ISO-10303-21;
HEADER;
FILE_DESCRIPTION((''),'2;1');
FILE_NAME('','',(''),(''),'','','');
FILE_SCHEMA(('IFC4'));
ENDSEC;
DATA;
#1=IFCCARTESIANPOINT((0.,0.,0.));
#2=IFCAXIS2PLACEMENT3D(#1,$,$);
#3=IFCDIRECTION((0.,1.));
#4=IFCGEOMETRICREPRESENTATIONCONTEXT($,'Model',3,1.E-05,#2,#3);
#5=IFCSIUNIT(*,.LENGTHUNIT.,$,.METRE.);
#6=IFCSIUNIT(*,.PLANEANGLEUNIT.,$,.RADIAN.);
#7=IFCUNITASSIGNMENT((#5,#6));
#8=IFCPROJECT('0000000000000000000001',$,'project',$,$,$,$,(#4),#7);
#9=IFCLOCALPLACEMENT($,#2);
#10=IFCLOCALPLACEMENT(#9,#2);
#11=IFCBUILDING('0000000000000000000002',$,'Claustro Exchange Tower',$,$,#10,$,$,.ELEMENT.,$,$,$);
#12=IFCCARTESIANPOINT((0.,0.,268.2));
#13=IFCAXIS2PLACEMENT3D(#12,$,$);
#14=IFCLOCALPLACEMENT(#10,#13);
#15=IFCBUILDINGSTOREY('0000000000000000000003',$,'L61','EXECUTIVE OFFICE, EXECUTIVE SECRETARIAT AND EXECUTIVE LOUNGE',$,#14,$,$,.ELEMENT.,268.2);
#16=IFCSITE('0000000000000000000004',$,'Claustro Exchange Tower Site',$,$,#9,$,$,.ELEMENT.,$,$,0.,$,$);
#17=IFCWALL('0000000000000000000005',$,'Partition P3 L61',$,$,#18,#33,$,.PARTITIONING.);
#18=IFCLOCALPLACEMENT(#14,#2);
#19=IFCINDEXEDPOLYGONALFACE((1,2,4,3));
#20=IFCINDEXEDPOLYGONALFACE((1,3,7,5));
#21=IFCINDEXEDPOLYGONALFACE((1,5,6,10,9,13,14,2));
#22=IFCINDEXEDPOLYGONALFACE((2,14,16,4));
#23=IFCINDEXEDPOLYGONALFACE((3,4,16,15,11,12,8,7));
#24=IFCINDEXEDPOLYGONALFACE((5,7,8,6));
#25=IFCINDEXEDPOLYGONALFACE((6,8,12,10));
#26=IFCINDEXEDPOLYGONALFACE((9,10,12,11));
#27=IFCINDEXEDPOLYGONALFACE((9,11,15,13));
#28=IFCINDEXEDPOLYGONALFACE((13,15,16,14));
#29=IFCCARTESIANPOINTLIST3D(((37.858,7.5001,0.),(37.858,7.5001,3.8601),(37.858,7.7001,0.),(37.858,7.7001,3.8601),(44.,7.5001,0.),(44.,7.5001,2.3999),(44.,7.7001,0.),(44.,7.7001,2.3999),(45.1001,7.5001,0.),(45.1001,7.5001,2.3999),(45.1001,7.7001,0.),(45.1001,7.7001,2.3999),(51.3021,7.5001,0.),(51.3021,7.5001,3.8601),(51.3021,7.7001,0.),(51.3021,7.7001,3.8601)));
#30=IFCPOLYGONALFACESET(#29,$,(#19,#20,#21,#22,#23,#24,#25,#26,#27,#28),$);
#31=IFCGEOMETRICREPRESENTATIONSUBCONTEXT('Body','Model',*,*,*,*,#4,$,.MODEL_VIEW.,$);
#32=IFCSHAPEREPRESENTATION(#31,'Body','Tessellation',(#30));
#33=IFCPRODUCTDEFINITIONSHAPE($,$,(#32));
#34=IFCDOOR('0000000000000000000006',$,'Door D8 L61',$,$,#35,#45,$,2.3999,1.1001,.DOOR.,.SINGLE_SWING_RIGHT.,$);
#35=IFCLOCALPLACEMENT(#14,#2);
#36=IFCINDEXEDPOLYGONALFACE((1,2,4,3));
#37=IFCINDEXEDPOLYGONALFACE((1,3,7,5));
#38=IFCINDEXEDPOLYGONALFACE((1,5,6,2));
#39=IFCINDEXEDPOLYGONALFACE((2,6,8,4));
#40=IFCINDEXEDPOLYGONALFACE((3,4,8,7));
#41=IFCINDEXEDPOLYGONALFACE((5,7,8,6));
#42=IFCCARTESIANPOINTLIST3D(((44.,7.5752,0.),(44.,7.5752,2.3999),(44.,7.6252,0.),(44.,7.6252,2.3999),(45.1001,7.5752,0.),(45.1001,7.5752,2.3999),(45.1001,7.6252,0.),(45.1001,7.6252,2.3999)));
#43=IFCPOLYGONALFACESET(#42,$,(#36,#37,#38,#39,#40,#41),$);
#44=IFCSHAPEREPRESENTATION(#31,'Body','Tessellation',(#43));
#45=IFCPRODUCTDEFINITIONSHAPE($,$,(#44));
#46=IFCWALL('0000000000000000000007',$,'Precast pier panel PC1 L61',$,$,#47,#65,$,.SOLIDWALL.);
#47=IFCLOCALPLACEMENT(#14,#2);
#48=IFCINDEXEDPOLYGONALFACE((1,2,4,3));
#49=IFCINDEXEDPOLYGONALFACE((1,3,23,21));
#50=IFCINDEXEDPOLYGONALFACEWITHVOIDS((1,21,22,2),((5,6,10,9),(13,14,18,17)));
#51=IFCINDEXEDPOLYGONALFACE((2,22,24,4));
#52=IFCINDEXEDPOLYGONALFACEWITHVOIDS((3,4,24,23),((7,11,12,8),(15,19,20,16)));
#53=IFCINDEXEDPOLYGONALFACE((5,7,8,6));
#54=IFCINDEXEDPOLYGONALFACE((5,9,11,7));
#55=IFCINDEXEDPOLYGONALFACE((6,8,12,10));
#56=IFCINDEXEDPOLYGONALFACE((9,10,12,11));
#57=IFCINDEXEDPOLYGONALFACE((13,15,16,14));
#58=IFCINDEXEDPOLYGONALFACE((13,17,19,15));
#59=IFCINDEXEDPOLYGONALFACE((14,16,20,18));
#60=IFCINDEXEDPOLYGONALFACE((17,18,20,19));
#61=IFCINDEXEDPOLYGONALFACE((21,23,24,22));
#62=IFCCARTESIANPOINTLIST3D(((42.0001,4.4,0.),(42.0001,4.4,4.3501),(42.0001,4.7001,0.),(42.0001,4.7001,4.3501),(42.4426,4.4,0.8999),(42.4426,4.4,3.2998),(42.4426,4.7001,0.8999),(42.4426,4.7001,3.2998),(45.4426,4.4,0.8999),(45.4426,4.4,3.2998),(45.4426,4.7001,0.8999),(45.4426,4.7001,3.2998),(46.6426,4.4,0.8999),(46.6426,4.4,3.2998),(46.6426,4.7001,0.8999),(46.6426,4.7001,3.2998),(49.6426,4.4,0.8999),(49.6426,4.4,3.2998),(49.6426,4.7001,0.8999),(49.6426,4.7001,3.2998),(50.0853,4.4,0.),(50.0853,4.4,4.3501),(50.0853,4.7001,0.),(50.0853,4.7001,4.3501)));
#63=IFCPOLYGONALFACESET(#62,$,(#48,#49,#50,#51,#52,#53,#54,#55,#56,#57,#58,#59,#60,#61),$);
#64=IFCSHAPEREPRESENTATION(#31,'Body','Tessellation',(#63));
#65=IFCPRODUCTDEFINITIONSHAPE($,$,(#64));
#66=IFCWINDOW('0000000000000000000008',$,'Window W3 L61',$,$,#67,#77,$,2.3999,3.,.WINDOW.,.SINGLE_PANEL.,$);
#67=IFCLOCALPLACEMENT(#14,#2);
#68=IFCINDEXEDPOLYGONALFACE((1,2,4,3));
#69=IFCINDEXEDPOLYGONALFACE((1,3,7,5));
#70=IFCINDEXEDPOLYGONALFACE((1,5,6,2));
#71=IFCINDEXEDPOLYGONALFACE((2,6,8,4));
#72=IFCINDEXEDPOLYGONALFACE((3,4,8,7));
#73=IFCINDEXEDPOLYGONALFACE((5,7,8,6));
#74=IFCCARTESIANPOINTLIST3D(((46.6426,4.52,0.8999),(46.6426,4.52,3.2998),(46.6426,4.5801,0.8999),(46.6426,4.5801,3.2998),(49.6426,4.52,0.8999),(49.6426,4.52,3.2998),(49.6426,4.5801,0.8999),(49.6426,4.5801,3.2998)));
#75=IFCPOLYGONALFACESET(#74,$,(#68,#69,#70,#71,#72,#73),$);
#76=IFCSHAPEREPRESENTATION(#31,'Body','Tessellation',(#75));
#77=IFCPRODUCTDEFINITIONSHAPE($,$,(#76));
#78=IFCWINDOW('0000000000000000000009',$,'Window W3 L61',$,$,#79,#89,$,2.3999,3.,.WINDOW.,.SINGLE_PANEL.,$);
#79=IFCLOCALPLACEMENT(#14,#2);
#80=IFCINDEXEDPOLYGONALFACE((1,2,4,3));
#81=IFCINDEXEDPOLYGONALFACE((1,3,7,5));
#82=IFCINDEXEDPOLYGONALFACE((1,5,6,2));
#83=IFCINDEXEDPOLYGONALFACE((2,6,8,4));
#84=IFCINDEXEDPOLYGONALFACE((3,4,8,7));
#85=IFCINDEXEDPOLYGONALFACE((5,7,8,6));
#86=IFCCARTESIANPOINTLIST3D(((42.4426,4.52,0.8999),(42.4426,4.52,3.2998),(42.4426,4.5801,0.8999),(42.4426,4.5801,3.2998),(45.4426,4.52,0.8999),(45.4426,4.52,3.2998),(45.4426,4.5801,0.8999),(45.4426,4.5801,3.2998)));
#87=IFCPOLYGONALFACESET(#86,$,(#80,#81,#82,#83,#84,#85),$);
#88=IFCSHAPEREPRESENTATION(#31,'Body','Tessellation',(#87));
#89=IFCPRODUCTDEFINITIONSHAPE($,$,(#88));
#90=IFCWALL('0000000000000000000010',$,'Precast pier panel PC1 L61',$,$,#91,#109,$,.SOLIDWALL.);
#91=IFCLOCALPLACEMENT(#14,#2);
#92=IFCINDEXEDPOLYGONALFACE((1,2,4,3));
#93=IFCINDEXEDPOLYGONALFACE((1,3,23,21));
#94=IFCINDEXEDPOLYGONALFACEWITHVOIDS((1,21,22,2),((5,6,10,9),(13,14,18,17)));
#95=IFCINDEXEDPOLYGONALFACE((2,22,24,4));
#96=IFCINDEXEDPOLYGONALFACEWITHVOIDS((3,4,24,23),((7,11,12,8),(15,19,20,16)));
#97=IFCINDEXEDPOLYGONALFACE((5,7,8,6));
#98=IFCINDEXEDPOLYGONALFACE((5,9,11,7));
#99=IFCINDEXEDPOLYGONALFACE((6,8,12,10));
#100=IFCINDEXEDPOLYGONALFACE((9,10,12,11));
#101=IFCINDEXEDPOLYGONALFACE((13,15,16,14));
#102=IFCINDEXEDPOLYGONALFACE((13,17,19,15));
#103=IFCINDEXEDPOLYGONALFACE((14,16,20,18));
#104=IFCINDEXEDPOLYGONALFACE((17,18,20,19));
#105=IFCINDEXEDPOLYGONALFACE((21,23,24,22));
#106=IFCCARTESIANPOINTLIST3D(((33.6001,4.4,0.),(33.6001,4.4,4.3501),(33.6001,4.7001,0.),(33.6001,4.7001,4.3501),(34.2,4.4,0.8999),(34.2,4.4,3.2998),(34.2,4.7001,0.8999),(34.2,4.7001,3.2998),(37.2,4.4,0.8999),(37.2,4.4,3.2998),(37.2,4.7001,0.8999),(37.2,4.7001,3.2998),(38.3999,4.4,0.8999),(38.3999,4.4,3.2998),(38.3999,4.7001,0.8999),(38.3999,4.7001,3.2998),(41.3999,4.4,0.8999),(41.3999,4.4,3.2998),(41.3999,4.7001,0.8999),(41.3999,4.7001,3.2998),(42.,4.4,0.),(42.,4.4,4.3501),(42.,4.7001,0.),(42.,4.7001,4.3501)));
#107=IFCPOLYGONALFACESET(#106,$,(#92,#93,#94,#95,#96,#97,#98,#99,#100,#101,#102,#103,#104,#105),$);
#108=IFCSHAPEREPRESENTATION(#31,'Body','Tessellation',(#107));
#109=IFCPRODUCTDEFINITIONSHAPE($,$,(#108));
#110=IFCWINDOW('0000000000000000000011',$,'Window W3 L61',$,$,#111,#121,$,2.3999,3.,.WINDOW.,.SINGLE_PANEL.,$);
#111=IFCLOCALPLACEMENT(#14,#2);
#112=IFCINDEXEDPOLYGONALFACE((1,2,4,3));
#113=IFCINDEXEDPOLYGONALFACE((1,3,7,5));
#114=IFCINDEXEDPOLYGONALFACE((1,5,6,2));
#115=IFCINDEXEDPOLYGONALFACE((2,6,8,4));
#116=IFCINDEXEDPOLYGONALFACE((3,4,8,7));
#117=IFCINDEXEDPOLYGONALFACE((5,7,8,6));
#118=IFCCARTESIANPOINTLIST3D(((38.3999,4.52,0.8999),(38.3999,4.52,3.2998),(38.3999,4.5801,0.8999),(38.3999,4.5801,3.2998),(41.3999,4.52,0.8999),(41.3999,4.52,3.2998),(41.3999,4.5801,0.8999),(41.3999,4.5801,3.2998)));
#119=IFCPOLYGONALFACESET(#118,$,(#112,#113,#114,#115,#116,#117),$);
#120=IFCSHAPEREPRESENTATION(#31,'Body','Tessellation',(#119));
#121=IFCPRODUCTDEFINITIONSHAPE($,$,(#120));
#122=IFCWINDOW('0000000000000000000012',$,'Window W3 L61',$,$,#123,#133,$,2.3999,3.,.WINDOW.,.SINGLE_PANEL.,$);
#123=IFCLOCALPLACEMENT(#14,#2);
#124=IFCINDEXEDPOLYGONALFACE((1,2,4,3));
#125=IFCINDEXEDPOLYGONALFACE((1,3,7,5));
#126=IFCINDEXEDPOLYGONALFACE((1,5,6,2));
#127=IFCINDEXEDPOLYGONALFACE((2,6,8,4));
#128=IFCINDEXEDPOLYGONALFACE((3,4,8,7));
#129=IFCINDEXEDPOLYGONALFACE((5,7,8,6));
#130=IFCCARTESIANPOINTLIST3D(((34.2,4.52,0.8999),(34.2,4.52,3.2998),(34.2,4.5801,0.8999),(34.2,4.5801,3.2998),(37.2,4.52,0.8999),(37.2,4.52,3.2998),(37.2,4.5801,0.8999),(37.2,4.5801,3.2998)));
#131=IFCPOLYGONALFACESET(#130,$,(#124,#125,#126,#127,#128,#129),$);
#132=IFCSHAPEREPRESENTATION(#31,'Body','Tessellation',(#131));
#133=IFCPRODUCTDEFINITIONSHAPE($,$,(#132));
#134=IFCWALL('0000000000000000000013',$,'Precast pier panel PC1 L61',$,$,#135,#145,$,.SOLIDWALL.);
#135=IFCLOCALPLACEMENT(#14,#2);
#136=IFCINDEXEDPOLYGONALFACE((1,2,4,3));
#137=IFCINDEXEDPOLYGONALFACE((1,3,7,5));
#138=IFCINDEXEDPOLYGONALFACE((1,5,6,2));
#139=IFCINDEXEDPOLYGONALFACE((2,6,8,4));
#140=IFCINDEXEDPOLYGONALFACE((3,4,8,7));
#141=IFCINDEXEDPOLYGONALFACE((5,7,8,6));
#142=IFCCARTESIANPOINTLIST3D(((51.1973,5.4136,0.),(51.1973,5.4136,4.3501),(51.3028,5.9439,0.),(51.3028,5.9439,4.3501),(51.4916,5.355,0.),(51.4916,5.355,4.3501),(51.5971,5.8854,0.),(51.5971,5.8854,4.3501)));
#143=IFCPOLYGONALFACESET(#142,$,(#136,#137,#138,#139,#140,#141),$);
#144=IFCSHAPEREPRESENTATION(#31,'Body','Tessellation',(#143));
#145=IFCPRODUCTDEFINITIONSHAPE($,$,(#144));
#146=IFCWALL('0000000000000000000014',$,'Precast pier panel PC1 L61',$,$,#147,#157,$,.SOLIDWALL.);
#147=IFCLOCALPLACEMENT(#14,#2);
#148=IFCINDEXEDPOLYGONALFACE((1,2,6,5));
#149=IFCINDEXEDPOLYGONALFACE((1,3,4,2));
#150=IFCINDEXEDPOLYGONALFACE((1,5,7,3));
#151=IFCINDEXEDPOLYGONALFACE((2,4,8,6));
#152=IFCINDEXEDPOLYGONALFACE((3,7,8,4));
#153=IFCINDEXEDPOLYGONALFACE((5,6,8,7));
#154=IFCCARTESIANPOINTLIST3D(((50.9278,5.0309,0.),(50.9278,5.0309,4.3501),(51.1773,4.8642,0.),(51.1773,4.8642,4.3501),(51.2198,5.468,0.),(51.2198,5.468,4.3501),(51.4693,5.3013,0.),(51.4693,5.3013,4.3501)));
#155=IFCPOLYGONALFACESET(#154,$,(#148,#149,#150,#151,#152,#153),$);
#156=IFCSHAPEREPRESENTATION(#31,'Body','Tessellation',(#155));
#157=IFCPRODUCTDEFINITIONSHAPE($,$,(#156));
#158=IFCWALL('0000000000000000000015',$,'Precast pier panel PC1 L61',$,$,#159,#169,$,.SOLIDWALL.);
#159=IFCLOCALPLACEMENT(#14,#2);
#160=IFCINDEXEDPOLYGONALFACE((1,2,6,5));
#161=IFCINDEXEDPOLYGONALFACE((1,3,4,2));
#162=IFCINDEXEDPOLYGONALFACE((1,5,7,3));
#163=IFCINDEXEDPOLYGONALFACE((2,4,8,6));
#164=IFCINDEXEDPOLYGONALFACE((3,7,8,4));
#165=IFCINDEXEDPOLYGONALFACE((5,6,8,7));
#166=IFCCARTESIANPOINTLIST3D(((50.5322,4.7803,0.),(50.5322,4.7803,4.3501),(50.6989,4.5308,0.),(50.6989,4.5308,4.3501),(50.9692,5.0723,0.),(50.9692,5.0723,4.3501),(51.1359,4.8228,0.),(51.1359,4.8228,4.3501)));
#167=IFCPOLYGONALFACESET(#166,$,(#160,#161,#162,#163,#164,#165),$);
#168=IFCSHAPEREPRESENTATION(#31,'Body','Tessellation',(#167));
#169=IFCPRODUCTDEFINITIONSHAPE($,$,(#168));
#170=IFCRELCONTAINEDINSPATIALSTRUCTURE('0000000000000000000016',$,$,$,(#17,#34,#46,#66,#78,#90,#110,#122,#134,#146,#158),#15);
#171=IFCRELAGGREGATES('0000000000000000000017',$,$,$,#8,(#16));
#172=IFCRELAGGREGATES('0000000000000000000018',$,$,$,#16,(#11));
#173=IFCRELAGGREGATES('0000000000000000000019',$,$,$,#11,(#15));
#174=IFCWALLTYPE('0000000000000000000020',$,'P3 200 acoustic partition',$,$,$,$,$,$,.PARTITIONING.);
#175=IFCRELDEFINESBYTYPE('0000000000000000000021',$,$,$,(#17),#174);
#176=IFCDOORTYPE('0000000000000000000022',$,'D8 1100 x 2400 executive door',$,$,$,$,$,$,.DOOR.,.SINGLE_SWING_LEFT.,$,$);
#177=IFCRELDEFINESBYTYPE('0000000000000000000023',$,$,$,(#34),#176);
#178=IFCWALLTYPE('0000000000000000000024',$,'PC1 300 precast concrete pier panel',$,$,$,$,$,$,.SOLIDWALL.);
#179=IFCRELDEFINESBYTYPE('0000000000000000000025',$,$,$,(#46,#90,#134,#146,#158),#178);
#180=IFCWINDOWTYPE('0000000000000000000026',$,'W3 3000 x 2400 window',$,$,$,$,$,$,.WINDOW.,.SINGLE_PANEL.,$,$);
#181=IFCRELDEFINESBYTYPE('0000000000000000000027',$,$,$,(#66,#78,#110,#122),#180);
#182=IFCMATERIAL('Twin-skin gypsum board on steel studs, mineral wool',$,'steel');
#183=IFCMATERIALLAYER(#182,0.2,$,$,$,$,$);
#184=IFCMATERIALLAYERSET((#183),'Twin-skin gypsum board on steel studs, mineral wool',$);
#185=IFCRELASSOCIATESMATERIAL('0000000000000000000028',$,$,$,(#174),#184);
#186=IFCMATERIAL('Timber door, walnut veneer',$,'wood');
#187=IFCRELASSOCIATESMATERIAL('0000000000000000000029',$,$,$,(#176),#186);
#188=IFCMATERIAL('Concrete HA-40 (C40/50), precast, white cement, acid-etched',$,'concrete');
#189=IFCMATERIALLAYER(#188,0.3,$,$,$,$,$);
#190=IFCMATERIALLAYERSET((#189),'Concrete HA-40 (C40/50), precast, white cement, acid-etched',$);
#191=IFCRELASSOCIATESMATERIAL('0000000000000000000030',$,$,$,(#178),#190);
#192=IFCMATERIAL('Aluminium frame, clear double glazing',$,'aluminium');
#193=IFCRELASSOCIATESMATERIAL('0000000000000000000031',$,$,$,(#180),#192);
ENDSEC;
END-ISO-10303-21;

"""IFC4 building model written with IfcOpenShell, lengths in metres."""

from ifc_helpers import new_model, si_unit, direction, frame, frame_2d, origin, place, context, subcontext, project, spatial, rectangle, extrude, material, layer, layer_set, type_object, element, fill, save


model = new_model("IFC4")

# Units and contexts
model_context = context("Model", 3, precision=1e-05, world=origin(), true_north=direction((0.0, 1.0)))
body_context = subcontext(model_context, "Body", "Model", "MODEL_VIEW")
ifc_project = project(units=[si_unit("LENGTHUNIT", "METRE"), si_unit("PLANEANGLEUNIT", "RADIAN")], contexts=[model_context])

# Site, building, storey
site_placement = place(None, origin())
site = spatial("IfcSite", under=ifc_project, at=site_placement, Name="Claustro Exchange Tower Site", CompositionType="ELEMENT", RefElevation=0.0)
building_placement = place(site_placement, origin())
building = spatial("IfcBuilding", under=site, at=building_placement, Name="Claustro Exchange Tower", CompositionType="ELEMENT")
storey_placement = place(building_placement, frame((0.0, 0.0, 268.2)))
storey = spatial("IfcBuildingStorey", under=building, at=storey_placement, Name="L61", Description="EXECUTIVE OFFICE, EXECUTIVE SECRETARIAT AND EXECUTIVE LOUNGE", CompositionType="ELEMENT", Elevation=268.2)

# Wall, opening, door
ifc_material_1 = material(Name="Twin-skin gypsum board on steel studs, mineral wool", Category="steel")
ifc_layer_1 = layer(ifc_material_1, 0.2)
ifc_layer_set_1 = layer_set([ifc_layer_1], Name="Twin-skin gypsum board on steel studs, mineral wool")
wall_type_1 = type_object("IfcWallType", Name="P3 200 acoustic partition", PredefinedType="PARTITIONING", material=ifc_layer_set_1)
wall_1_placement = place(storey_placement, frame((37.8579, 7.6001, 0.0), z_axis=(0.0, 0.0, 1.0), x_axis=(1.0, 0.0, 0.0)))
wall_1 = element("IfcWall", 1, at=wall_1_placement, inside=storey, type_object=wall_type_1, Name="Partition P3 L61", PredefinedType="PARTITIONING", context=body_context, shape_type="SweptSolid", body=[
    extrude(rectangle(XDim=13.4441, YDim=0.2, at=frame_2d((6.7222, 0.0))), origin(), (0.0, 0.0, 1.0), 3.8601),
])
opening_1_placement = place(wall_1_placement, frame((6.1421, 0.0, 0.0)))
opening_1 = element("IfcOpeningElement", 2, at=opening_1_placement, cuts=wall_1, PredefinedType="OPENING", context=body_context, shape_type="SweptSolid", body=[
    extrude(rectangle(XDim=1.1001, YDim=2.3999, at=frame_2d((0.55, 1.2))), frame((0.0, 0.1099, 0.0), z_axis=(0.0, -1.0, 0.0), x_axis=(1.0, 0.0, 0.0)), (0.0, 0.0, 1.0), 0.22),
])
ifc_material_2 = material(Name="Timber door, walnut veneer", Category="wood")
door_type = type_object("IfcDoorType", Name="D8 1100 x 2400 executive door", OperationType="SINGLE_SWING_LEFT", PredefinedType="DOOR", material=ifc_material_2)
door_placement = place(opening_1_placement, frame((1.1001, 0.0, 0.0), z_axis=(0.0, 0.0, 1.0), x_axis=(-1.0, 0.0, 0.0)))
door = element("IfcDoor", 3, at=door_placement, inside=storey, type_object=door_type, Name="Door D8 L61", OperationType="SINGLE_SWING_RIGHT", OverallHeight=2.3999, OverallWidth=1.1001, PredefinedType="DOOR", context=body_context, shape_type="SweptSolid", body=[
    extrude(rectangle(XDim=1.1001, YDim=2.3999, at=frame_2d((0.55, 1.2))), frame((0.0, 0.0249, 0.0), z_axis=(0.0, -1.0, 0.0), x_axis=(1.0, 0.0, 0.0)), (0.0, 0.0, 1.0), 0.05),
])
fill(opening_1, door)

# Walls, openings, windows
ifc_material_3 = material(Name="Concrete HA-40 (C40/50), precast, white cement, acid-etched", Category="concrete")
ifc_layer_2 = layer(ifc_material_3, 0.3)
ifc_layer_set_2 = layer_set([ifc_layer_2], Name="Concrete HA-40 (C40/50), precast, white cement, acid-etched")
wall_type_2 = type_object("IfcWallType", Name="PC1 300 precast concrete pier panel", PredefinedType="SOLIDWALL", material=ifc_layer_set_2)
wall_2_placement = place(storey_placement, frame((50.0852, 4.55, 0.0), z_axis=(0.0, 0.0, 1.0), x_axis=(-1.0, 0.0, 0.0)))
wall_2 = element("IfcWall", 4, at=wall_2_placement, inside=storey, type_object=wall_type_2, Name="Precast pier panel PC1 L61", PredefinedType="SOLIDWALL", context=body_context, shape_type="SweptSolid", body=[
    extrude(rectangle(XDim=8.0852, YDim=0.3, at=frame_2d((4.0425, 0.0))), origin(), (0.0, 0.0, 1.0), 4.3501),
])
opening_2_placement = place(wall_2_placement, frame((0.4426, 0.0, 0.8999)))
opening_2 = element("IfcOpeningElement", 5, at=opening_2_placement, cuts=wall_2, PredefinedType="OPENING", context=body_context, shape_type="SweptSolid", body=[
    extrude(rectangle(XDim=3.0, YDim=2.3999, at=frame_2d((1.5, 1.2))), frame((0.0, 0.1599, 0.0), z_axis=(0.0, -1.0, 0.0), x_axis=(1.0, 0.0, 0.0)), (0.0, 0.0, 1.0), 0.3201),
])
opening_3_placement = place(wall_2_placement, frame((4.6426, 0.0, 0.8999)))
opening_3 = element("IfcOpeningElement", 6, at=opening_3_placement, cuts=wall_2, PredefinedType="OPENING", context=body_context, shape_type="SweptSolid", body=[
    extrude(rectangle(XDim=3.0, YDim=2.3999, at=frame_2d((1.5, 1.2))), frame((0.0, 0.1599, 0.0), z_axis=(0.0, -1.0, 0.0), x_axis=(1.0, 0.0, 0.0)), (0.0, 0.0, 1.0), 0.3201),
])
ifc_material_4 = material(Name="Aluminium frame, clear double glazing", Category="aluminium")
window_type = type_object("IfcWindowType", Name="W3 3000 x 2400 window", PartitioningType="SINGLE_PANEL", PredefinedType="WINDOW", material=ifc_material_4)
window_1_placement = place(opening_2_placement, origin())
window_1 = element("IfcWindow", 7, at=window_1_placement, inside=storey, type_object=window_type, Name="Window W3 L61", OverallHeight=2.3999, OverallWidth=3.0, PartitioningType="SINGLE_PANEL", PredefinedType="WINDOW", context=body_context, shape_type="SweptSolid", body=[
    extrude(rectangle(XDim=3.0, YDim=2.3999, at=frame_2d((1.5, 1.2))), frame((0.0, 0.03, 0.0), z_axis=(0.0, -1.0, 0.0), x_axis=(1.0, 0.0, 0.0)), (0.0, 0.0, 1.0), 0.0601),
])
fill(opening_2, window_1)
window_2_placement = place(opening_3_placement, origin())
window_2 = element("IfcWindow", 8, at=window_2_placement, inside=storey, type_object=window_type, Name="Window W3 L61", OverallHeight=2.3999, OverallWidth=3.0, PartitioningType="SINGLE_PANEL", PredefinedType="WINDOW", context=body_context, shape_type="SweptSolid", body=[
    extrude(rectangle(XDim=3.0, YDim=2.3999, at=frame_2d((1.5, 1.2))), frame((0.0, 0.03, 0.0), z_axis=(0.0, -1.0, 0.0), x_axis=(1.0, 0.0, 0.0)), (0.0, 0.0, 1.0), 0.0601),
])
fill(opening_3, window_2)
wall_3_placement = place(storey_placement, frame((42.0, 4.55, 0.0), z_axis=(0.0, 0.0, 1.0), x_axis=(-1.0, 0.0, 0.0)))
wall_3 = element("IfcWall", 9, at=wall_3_placement, inside=storey, type_object=wall_type_2, Name="Precast pier panel PC1 L61", PredefinedType="SOLIDWALL", context=body_context, shape_type="SweptSolid", body=[
    extrude(rectangle(XDim=8.3999, YDim=0.3, at=frame_2d((4.2, 0.0))), origin(), (0.0, 0.0, 1.0), 4.3501),
])
opening_4_placement = place(wall_3_placement, frame((0.6001, 0.0, 0.8999)))
opening_4 = element("IfcOpeningElement", 10, at=opening_4_placement, cuts=wall_3, PredefinedType="OPENING", context=body_context, shape_type="SweptSolid", body=[
    extrude(rectangle(XDim=3.0, YDim=2.3999, at=frame_2d((1.5, 1.2))), frame((0.0, 0.1599, 0.0), z_axis=(0.0, -1.0, 0.0), x_axis=(1.0, 0.0, 0.0)), (0.0, 0.0, 1.0), 0.3201),
])
opening_5_placement = place(wall_3_placement, frame((4.8, 0.0, 0.8999)))
opening_5 = element("IfcOpeningElement", 11, at=opening_5_placement, cuts=wall_3, PredefinedType="OPENING", context=body_context, shape_type="SweptSolid", body=[
    extrude(rectangle(XDim=3.0, YDim=2.3999, at=frame_2d((1.5, 1.2))), frame((0.0, 0.1599, 0.0), z_axis=(0.0, -1.0, 0.0), x_axis=(1.0, 0.0, 0.0)), (0.0, 0.0, 1.0), 0.3201),
])
window_3_placement = place(opening_4_placement, origin())
window_3 = element("IfcWindow", 12, at=window_3_placement, inside=storey, type_object=window_type, Name="Window W3 L61", OverallHeight=2.3999, OverallWidth=3.0, PartitioningType="SINGLE_PANEL", PredefinedType="WINDOW", context=body_context, shape_type="SweptSolid", body=[
    extrude(rectangle(XDim=3.0, YDim=2.3999, at=frame_2d((1.5, 1.2))), frame((0.0, 0.03, 0.0), z_axis=(0.0, -1.0, 0.0), x_axis=(1.0, 0.0, 0.0)), (0.0, 0.0, 1.0), 0.0601),
])
fill(opening_4, window_3)
window_4_placement = place(opening_5_placement, origin())
window_4 = element("IfcWindow", 13, at=window_4_placement, inside=storey, type_object=window_type, Name="Window W3 L61", OverallHeight=2.3999, OverallWidth=3.0, PartitioningType="SINGLE_PANEL", PredefinedType="WINDOW", context=body_context, shape_type="SweptSolid", body=[
    extrude(rectangle(XDim=3.0, YDim=2.3999, at=frame_2d((1.5, 1.2))), frame((0.0, 0.03, 0.0), z_axis=(0.0, -1.0, 0.0), x_axis=(1.0, 0.0, 0.0)), (0.0, 0.0, 1.0), 0.0601),
])
fill(opening_5, window_4)

# Walls
wall_4_placement = place(storey_placement, frame((51.45, 5.9148, 0.0), z_axis=(0.0, 0.0, 1.0), x_axis=(-0.195074, -0.980789, 0.0)))
element("IfcWall", 14, at=wall_4_placement, inside=storey, type_object=wall_type_2, Name="Precast pier panel PC1 L61", PredefinedType="SOLIDWALL", context=body_context, shape_type="SweptSolid", body=[
    extrude(rectangle(XDim=0.5408, YDim=0.3, at=frame_2d((0.2705, 0.0))), origin(), (0.0, 0.0, 1.0), 4.3501),
])
for number, where, z_axis, x_axis, name in (
    (15, (51.3445, 5.3845, 0.0), (0.0, 0.0, 1.0), (-0.555557, -0.831478, 0.0), "Precast pier panel PC1 L61"),
    (16, (51.0525, 4.9475, 0.0), (0.0, 0.0, 1.0), (-0.831478, -0.555557, 0.0), "Precast pier panel PC1 L61"),
):
    element("IfcWall", number, at=place(storey_placement, frame(where, z_axis=z_axis, x_axis=x_axis)), inside=storey, type_object=wall_type_2, Name=name, PredefinedType="SOLIDWALL", context=body_context, shape_type="SweptSolid", body=[
        extrude(rectangle(XDim=0.5256, YDim=0.3, at=frame_2d((0.2627, 0.0))), origin(), (0.0, 0.0, 1.0), 4.3501),
    ])

save(model, "model.ifc")
